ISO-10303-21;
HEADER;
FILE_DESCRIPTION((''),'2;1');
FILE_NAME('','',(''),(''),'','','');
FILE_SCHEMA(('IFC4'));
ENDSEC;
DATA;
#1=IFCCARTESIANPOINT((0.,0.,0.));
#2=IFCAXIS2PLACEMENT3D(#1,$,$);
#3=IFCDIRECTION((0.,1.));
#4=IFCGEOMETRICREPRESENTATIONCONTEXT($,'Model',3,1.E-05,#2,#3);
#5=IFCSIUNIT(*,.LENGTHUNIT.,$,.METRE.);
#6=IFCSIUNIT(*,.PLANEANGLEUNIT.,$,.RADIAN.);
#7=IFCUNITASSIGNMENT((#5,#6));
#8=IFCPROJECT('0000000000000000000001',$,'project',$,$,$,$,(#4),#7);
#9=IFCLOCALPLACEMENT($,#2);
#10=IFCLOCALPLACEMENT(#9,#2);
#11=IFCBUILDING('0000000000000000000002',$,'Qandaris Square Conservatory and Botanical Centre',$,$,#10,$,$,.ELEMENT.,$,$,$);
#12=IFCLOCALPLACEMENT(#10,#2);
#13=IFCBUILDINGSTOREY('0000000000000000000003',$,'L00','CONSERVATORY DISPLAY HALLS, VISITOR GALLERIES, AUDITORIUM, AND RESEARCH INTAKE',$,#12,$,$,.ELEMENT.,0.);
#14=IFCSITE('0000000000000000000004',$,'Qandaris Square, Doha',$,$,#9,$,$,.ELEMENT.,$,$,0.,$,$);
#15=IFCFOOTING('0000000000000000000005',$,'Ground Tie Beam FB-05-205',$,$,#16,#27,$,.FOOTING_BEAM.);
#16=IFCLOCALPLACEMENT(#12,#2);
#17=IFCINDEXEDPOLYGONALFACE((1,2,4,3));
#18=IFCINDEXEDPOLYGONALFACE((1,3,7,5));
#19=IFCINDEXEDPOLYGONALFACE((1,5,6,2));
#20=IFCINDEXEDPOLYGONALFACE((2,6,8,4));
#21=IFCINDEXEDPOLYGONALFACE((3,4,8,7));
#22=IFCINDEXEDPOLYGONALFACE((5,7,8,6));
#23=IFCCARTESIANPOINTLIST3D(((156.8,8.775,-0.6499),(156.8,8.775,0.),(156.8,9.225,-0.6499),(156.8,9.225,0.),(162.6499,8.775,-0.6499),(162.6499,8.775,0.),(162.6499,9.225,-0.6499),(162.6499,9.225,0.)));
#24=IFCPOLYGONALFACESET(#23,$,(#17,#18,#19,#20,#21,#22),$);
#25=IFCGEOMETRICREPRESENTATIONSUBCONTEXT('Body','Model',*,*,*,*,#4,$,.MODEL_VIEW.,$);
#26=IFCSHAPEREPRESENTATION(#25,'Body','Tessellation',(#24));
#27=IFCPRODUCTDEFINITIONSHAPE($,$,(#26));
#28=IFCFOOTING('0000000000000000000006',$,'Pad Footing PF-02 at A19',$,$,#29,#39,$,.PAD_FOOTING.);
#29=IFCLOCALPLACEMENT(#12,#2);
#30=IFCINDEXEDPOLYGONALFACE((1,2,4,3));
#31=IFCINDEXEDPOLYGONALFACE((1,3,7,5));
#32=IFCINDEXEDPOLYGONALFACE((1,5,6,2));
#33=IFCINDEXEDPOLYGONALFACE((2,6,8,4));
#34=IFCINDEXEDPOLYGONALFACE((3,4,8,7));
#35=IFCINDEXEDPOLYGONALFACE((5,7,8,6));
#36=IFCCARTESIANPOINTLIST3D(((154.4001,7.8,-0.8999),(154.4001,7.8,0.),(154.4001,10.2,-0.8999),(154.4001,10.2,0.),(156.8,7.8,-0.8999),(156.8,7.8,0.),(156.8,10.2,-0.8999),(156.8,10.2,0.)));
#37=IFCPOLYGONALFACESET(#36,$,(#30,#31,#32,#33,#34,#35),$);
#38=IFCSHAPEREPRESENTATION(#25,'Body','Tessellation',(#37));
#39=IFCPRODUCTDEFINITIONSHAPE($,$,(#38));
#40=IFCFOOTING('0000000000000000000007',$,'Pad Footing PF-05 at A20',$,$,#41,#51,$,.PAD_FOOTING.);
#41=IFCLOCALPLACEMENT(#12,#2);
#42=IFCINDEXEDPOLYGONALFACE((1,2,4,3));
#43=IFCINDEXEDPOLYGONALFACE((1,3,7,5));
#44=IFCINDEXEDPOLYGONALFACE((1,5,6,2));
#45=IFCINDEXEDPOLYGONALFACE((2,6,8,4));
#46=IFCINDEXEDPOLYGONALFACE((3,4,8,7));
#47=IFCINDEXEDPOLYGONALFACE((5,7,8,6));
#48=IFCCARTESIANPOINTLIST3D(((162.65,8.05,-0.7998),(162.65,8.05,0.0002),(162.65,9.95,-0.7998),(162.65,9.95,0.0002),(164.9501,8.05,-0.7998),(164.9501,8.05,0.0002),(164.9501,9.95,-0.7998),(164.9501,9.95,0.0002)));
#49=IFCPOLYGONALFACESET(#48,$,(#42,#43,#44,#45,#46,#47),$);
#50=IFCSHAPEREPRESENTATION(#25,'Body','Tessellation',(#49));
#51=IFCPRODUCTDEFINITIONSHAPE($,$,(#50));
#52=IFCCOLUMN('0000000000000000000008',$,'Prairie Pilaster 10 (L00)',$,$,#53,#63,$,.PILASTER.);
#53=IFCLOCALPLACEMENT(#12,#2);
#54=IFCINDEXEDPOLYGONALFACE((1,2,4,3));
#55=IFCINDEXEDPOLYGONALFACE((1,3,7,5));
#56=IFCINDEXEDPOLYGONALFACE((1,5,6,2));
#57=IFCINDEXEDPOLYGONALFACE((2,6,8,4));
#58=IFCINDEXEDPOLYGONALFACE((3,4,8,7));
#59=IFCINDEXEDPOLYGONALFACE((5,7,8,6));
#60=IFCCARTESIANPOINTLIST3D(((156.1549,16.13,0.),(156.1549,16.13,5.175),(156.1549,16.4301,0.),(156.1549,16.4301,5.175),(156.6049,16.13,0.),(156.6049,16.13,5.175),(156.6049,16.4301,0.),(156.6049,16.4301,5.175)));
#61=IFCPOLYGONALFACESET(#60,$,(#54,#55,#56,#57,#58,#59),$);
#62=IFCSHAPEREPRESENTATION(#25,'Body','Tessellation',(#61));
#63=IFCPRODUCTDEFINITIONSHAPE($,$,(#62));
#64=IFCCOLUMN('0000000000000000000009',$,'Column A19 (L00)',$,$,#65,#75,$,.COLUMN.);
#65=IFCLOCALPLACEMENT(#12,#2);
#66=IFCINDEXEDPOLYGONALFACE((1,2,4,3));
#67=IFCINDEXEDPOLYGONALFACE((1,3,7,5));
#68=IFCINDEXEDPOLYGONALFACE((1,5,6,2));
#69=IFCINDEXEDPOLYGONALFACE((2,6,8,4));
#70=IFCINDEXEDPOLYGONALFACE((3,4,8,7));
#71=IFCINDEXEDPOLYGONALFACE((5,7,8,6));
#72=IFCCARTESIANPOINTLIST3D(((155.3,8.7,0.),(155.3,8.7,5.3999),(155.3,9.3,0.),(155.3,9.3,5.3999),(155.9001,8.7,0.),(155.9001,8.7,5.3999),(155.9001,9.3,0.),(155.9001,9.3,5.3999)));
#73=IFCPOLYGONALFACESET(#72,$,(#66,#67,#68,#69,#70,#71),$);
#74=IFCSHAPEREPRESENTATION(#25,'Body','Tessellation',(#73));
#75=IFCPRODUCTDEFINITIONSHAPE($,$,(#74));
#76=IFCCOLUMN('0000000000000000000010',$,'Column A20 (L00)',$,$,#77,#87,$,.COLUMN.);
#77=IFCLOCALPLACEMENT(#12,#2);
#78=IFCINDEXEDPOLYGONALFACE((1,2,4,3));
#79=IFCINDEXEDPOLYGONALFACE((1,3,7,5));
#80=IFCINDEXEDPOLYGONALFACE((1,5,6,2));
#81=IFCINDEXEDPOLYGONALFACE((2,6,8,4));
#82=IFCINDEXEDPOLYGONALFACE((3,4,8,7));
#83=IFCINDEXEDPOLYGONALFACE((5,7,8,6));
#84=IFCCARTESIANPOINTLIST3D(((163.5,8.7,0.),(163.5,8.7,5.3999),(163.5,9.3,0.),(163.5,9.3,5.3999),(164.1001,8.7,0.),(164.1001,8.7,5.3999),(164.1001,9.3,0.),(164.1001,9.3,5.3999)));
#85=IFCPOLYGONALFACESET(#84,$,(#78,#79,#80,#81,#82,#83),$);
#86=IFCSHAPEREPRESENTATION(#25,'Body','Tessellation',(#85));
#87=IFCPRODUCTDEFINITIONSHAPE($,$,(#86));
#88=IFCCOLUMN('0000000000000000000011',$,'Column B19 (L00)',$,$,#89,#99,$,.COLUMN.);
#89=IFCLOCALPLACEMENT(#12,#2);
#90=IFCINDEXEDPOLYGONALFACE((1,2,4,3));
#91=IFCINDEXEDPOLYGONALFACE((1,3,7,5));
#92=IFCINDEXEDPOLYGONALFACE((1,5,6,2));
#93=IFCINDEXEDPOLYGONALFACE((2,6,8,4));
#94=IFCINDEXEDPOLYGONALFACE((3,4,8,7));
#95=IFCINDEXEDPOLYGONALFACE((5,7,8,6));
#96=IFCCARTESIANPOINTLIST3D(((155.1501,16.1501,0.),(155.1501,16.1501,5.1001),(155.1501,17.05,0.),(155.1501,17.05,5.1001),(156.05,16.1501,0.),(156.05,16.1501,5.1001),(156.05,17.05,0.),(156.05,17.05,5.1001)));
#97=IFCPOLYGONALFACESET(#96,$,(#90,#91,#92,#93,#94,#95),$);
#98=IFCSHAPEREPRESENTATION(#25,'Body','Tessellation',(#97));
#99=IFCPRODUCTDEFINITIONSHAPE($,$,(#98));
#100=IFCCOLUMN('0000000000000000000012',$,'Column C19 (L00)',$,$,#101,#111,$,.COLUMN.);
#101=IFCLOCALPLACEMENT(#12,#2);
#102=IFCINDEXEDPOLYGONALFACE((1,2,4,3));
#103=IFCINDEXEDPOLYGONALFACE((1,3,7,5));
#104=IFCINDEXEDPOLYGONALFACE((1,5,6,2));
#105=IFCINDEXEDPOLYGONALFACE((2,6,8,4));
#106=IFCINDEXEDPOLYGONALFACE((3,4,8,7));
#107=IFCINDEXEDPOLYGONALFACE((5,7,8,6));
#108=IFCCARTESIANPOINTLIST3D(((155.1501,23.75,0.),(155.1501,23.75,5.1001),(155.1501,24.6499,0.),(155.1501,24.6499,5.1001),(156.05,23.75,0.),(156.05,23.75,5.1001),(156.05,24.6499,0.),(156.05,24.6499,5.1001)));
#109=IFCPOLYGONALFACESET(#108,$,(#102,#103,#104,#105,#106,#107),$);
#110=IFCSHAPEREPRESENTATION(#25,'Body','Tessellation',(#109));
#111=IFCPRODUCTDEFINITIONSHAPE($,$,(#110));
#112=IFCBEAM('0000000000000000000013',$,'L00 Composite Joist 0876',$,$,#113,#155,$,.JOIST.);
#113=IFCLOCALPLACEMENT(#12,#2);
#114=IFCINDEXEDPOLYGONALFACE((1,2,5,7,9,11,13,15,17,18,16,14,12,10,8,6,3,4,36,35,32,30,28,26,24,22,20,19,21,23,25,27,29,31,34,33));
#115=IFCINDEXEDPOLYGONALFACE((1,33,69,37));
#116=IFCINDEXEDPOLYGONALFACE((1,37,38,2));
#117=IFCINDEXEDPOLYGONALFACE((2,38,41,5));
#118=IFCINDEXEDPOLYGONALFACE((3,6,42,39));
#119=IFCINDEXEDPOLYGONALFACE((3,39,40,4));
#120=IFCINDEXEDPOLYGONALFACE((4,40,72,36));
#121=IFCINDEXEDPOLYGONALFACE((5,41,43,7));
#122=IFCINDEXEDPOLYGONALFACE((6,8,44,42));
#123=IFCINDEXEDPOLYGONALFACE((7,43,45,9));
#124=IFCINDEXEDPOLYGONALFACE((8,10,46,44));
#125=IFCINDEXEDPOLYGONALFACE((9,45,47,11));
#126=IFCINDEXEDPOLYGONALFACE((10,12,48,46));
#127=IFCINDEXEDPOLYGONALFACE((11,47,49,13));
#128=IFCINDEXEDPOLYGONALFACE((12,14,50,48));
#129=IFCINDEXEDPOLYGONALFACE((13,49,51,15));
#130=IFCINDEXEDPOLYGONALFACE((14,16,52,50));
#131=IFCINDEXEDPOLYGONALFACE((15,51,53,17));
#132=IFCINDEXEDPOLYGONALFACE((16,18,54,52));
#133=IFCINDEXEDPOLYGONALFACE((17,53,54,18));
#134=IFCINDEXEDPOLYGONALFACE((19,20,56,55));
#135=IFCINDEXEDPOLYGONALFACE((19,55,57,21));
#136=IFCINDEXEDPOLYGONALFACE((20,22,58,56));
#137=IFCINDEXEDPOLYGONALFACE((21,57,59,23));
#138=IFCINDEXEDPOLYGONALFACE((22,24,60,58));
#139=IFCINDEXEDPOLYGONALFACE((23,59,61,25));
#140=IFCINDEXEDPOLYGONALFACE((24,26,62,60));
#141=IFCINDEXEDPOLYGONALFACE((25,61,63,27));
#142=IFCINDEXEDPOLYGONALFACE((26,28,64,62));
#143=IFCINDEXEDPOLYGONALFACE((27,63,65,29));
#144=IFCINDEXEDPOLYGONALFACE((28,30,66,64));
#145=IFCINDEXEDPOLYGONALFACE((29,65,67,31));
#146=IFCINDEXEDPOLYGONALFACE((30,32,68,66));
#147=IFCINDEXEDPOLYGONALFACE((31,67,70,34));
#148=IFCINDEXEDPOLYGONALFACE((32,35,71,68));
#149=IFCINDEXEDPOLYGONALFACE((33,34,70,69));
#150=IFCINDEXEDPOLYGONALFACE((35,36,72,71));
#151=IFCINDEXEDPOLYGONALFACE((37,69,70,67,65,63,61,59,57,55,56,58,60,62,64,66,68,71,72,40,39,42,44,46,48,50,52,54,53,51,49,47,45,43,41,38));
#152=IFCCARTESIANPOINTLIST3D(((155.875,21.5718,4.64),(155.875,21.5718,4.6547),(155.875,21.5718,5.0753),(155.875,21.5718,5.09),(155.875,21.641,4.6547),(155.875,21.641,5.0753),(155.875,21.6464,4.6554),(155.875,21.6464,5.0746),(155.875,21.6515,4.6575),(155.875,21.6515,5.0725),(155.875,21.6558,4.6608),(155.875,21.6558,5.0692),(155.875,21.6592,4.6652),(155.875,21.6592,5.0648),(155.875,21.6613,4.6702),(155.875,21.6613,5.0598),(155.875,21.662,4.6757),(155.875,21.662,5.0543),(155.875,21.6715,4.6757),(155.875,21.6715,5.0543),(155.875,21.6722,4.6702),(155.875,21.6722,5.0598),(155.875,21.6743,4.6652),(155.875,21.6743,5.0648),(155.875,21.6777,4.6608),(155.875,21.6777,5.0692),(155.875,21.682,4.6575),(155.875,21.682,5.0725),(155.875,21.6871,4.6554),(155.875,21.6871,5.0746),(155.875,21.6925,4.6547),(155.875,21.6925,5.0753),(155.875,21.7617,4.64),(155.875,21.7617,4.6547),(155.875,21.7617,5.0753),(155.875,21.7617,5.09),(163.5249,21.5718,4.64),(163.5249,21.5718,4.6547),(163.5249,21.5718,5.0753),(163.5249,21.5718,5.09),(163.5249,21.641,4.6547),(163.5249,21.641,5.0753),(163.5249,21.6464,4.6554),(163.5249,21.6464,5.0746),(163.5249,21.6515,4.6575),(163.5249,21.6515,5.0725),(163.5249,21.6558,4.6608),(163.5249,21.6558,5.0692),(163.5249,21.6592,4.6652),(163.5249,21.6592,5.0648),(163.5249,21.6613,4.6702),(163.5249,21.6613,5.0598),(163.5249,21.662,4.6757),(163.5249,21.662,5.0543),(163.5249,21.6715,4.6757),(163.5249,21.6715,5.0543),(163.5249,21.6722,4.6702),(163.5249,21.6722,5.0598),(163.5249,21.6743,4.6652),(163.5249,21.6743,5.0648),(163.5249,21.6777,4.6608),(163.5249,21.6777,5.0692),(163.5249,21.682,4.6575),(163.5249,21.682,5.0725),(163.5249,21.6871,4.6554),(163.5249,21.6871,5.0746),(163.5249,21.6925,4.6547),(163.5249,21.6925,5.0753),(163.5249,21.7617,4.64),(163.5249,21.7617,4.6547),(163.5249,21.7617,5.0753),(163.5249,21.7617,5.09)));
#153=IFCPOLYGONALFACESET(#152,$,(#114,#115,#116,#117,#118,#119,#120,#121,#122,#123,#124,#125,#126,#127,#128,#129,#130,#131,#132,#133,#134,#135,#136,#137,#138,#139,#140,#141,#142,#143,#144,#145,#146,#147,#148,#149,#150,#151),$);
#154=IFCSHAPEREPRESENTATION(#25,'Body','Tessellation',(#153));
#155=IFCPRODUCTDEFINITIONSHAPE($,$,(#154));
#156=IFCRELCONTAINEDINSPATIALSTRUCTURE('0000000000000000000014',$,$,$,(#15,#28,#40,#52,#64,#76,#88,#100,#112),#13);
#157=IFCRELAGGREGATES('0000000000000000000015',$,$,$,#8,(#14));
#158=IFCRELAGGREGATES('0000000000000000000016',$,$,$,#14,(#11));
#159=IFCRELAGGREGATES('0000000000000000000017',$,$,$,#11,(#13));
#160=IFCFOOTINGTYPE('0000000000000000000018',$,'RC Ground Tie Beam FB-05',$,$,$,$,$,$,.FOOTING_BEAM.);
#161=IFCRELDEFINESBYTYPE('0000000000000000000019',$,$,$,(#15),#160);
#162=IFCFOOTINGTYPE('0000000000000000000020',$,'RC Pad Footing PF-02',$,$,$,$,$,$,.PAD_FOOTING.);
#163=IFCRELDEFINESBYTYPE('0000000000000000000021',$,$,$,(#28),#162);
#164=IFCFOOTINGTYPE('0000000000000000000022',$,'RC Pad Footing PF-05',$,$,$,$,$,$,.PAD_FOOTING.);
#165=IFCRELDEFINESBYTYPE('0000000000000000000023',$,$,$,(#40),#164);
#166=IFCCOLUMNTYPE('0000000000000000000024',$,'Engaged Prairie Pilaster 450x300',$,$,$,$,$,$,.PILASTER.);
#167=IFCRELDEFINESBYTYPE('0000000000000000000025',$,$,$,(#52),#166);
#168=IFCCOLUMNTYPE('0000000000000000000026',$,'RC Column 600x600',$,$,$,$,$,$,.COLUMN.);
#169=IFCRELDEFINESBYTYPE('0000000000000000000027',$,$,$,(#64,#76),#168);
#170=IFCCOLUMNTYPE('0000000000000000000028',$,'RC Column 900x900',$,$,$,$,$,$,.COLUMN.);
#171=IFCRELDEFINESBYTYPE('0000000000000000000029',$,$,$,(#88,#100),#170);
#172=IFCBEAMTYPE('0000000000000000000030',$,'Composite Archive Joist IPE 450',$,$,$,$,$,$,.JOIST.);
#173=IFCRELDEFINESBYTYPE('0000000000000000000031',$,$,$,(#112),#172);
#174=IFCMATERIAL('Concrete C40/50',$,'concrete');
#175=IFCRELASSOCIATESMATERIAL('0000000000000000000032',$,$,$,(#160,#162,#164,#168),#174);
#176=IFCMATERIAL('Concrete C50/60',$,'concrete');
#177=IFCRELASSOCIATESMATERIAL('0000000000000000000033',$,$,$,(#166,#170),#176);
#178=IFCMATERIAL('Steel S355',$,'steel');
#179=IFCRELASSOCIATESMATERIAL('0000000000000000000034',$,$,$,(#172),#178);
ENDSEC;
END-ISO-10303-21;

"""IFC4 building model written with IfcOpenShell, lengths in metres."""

from ifc_helpers import new_model, si_unit, direction, frame, origin, origin_2d, place, context, subcontext, project, spatial, rectangle, i_section, extrude, material, material_profile, profile_set, type_object, element, save


model = new_model("IFC4")

# Units and contexts
model_context = context("Model", 3, precision=1e-05, world=origin(), true_north=direction((0.0, 1.0)))
body_context = subcontext(model_context, "Body", "Model", "MODEL_VIEW")
ifc_project = project(units=[si_unit("LENGTHUNIT", "METRE"), si_unit("PLANEANGLEUNIT", "RADIAN")], contexts=[model_context])

# Site, building, storey
site_placement = place(None, origin())
site = spatial("IfcSite", under=ifc_project, at=site_placement, Name="Qandaris Square, Doha", CompositionType="ELEMENT", RefElevation=0.0)
building_placement = place(site_placement, origin())
building = spatial("IfcBuilding", under=site, at=building_placement, Name="Qandaris Square Conservatory and Botanical Centre", CompositionType="ELEMENT")
storey_placement = place(building_placement, origin())
storey = spatial("IfcBuildingStorey", under=building, at=storey_placement, Name="L00", Description="CONSERVATORY DISPLAY HALLS, VISITOR GALLERIES, AUDITORIUM, AND RESEARCH INTAKE", CompositionType="ELEMENT", Elevation=0.0)

# Footings
ifc_material_1 = material(Name="Concrete C40/50", Category="concrete")
ifc_material_profile_1 = material_profile(ifc_material_1, rectangle(XDim=0.45, YDim=0.6499, at=origin_2d()), Name="FB 450x650")
ifc_profile_set_1 = profile_set([ifc_material_profile_1], Name="Concrete C40/50")
footing_type_1 = type_object("IfcFootingType", Name="RC Ground Tie Beam FB-05", PredefinedType="FOOTING_BEAM", material=ifc_profile_set_1)
footing_1_placement = place(storey_placement, frame((156.8, 9.0, -0.325), z_axis=(1.0, 0.0, 0.0), x_axis=(0.0, 1.0, 0.0)))
element("IfcFooting", 1, at=footing_1_placement, inside=storey, type_object=footing_type_1, Name="Ground Tie Beam FB-05-205", PredefinedType="FOOTING_BEAM", context=body_context, shape_type="SweptSolid", body=[
    extrude(rectangle(XDim=0.45, YDim=0.6499, at=origin_2d()), origin(), (0.0, 0.0, 1.0), 5.8499),
])
footing_type_2 = type_object("IfcFootingType", Name="RC Pad Footing PF-02", PredefinedType="PAD_FOOTING", material=ifc_material_1)
footing_2_placement = place(storey_placement, frame((155.6001, 9.0, -0.8999), z_axis=(0.0, 0.0, 1.0), x_axis=(1.0, 0.0, 0.0)))
element("IfcFooting", 2, at=footing_2_placement, inside=storey, type_object=footing_type_2, Name="Pad Footing PF-02 at A19", PredefinedType="PAD_FOOTING", context=body_context, shape_type="SweptSolid", body=[
    extrude(rectangle(XDim=2.3999, YDim=2.3999, at=origin_2d()), origin(), (0.0, 0.0, 1.0), 0.8999),
])
footing_type_3 = type_object("IfcFootingType", Name="RC Pad Footing PF-05", PredefinedType="PAD_FOOTING", material=ifc_material_1)
footing_3_placement = place(storey_placement, frame((163.8, 9.0, -0.7998), z_axis=(0.0, 0.0, 1.0), x_axis=(1.0, 0.0, 0.0)))
element("IfcFooting", 3, at=footing_3_placement, inside=storey, type_object=footing_type_3, Name="Pad Footing PF-05 at A20", PredefinedType="PAD_FOOTING", context=body_context, shape_type="SweptSolid", body=[
    extrude(rectangle(XDim=2.3, YDim=1.8999, at=origin_2d()), origin(), (0.0, 0.0, 1.0), 0.8),
])

# Columns
ifc_material_2 = material(Name="Concrete C50/60", Category="concrete")
ifc_material_profile_2 = material_profile(ifc_material_2, rectangle(XDim=0.45, YDim=0.3, at=origin_2d()), Name="RC-PIL 450x300")
ifc_profile_set_2 = profile_set([ifc_material_profile_2], Name="Concrete C50/60")
column_type_1 = type_object("IfcColumnType", Name="Engaged Prairie Pilaster 450x300", PredefinedType="PILASTER", material=ifc_profile_set_2)
column_placement = place(storey_placement, frame((156.3799, 16.28, 0.0), z_axis=(0.0, 0.0, 1.0), x_axis=(1.0, 0.0, 0.0)))
element("IfcColumn", 4, at=column_placement, inside=storey, type_object=column_type_1, Name="Prairie Pilaster 10 (L00)", PredefinedType="PILASTER", context=body_context, shape_type="SweptSolid", body=[
    extrude(rectangle(XDim=0.45, YDim=0.3, at=origin_2d()), origin(), (0.0, 0.0, 1.0), 5.175),
])
ifc_material_profile_3 = material_profile(ifc_material_1, rectangle(XDim=0.6001, YDim=0.6001, at=origin_2d()), Name="RC-COL 600x600")
ifc_profile_set_3 = profile_set([ifc_material_profile_3], Name="Concrete C40/50")
column_type_2 = type_object("IfcColumnType", Name="RC Column 600x600", PredefinedType="COLUMN", material=ifc_profile_set_3)
for number, where, z_axis, x_axis, name in (
    (5, (155.6001, 9.0, 0.0), (0.0, 0.0, 1.0), (1.0, 0.0, 0.0), "Column A19 (L00)"),
    (6, (163.8, 9.0, 0.0), (0.0, 0.0, 1.0), (1.0, 0.0, 0.0), "Column A20 (L00)"),
):
    element("IfcColumn", number, at=place(storey_placement, frame(where, z_axis=z_axis, x_axis=x_axis)), inside=storey, type_object=column_type_2, Name=name, PredefinedType="COLUMN", context=body_context, shape_type="SweptSolid", body=[
        extrude(rectangle(XDim=0.6001, YDim=0.6001, at=origin_2d()), origin(), (0.0, 0.0, 1.0), 5.3999),
    ])
ifc_material_profile_4 = material_profile(ifc_material_2, rectangle(XDim=0.8999, YDim=0.8999, at=origin_2d()), Name="RC-COL 900x900")
ifc_profile_set_4 = profile_set([ifc_material_profile_4], Name="Concrete C50/60")
column_type_3 = type_object("IfcColumnType", Name="RC Column 900x900", PredefinedType="COLUMN", material=ifc_profile_set_4)
for number, where, z_axis, x_axis, name in (
    (7, (155.6001, 16.6001, 0.0), (0.0, 0.0, 1.0), (1.0, 0.0, 0.0), "Column B19 (L00)"),
    (8, (155.6001, 24.2, 0.0), (0.0, 0.0, 1.0), (1.0, 0.0, 0.0), "Column C19 (L00)"),
):
    element("IfcColumn", number, at=place(storey_placement, frame(where, z_axis=z_axis, x_axis=x_axis)), inside=storey, type_object=column_type_3, Name=name, PredefinedType="COLUMN", context=body_context, shape_type="SweptSolid", body=[
        extrude(rectangle(XDim=0.8999, YDim=0.8999, at=origin_2d()), origin(), (0.0, 0.0, 1.0), 5.1001),
    ])

# Beam
ifc_material_3 = material(Name="Steel S355", Category="steel")
ifc_material_profile_5 = material_profile(ifc_material_3, i_section(OverallWidth=0.1899, OverallDepth=0.45, WebThickness=0.0095, FlangeThickness=0.0146, FilletRadius=0.021, at=origin_2d()), Name="IPE 450")
ifc_profile_set_5 = profile_set([ifc_material_profile_5], Name="Steel S355")
beam_type_1 = type_object("IfcBeamType", Name="Composite Archive Joist IPE 450", PredefinedType="JOIST", material=ifc_profile_set_5)
beam_1_placement = place(storey_placement, frame((155.875, 21.6667, 4.865), z_axis=(1.0, 0.0, 0.0), x_axis=(0.0, 1.0, 0.0)))
element("IfcBeam", 9, at=beam_1_placement, inside=storey, type_object=beam_type_1, Name="L00 Composite Joist 0876", PredefinedType="JOIST", context=body_context, shape_type="SweptSolid", body=[
    extrude(i_section(OverallWidth=0.1899, OverallDepth=0.45, WebThickness=0.0095, FlangeThickness=0.0146, FilletRadius=0.021, at=origin_2d()), origin(), (0.0, 0.0, 1.0), 7.6499),
])

save(model, "model.ifc")
